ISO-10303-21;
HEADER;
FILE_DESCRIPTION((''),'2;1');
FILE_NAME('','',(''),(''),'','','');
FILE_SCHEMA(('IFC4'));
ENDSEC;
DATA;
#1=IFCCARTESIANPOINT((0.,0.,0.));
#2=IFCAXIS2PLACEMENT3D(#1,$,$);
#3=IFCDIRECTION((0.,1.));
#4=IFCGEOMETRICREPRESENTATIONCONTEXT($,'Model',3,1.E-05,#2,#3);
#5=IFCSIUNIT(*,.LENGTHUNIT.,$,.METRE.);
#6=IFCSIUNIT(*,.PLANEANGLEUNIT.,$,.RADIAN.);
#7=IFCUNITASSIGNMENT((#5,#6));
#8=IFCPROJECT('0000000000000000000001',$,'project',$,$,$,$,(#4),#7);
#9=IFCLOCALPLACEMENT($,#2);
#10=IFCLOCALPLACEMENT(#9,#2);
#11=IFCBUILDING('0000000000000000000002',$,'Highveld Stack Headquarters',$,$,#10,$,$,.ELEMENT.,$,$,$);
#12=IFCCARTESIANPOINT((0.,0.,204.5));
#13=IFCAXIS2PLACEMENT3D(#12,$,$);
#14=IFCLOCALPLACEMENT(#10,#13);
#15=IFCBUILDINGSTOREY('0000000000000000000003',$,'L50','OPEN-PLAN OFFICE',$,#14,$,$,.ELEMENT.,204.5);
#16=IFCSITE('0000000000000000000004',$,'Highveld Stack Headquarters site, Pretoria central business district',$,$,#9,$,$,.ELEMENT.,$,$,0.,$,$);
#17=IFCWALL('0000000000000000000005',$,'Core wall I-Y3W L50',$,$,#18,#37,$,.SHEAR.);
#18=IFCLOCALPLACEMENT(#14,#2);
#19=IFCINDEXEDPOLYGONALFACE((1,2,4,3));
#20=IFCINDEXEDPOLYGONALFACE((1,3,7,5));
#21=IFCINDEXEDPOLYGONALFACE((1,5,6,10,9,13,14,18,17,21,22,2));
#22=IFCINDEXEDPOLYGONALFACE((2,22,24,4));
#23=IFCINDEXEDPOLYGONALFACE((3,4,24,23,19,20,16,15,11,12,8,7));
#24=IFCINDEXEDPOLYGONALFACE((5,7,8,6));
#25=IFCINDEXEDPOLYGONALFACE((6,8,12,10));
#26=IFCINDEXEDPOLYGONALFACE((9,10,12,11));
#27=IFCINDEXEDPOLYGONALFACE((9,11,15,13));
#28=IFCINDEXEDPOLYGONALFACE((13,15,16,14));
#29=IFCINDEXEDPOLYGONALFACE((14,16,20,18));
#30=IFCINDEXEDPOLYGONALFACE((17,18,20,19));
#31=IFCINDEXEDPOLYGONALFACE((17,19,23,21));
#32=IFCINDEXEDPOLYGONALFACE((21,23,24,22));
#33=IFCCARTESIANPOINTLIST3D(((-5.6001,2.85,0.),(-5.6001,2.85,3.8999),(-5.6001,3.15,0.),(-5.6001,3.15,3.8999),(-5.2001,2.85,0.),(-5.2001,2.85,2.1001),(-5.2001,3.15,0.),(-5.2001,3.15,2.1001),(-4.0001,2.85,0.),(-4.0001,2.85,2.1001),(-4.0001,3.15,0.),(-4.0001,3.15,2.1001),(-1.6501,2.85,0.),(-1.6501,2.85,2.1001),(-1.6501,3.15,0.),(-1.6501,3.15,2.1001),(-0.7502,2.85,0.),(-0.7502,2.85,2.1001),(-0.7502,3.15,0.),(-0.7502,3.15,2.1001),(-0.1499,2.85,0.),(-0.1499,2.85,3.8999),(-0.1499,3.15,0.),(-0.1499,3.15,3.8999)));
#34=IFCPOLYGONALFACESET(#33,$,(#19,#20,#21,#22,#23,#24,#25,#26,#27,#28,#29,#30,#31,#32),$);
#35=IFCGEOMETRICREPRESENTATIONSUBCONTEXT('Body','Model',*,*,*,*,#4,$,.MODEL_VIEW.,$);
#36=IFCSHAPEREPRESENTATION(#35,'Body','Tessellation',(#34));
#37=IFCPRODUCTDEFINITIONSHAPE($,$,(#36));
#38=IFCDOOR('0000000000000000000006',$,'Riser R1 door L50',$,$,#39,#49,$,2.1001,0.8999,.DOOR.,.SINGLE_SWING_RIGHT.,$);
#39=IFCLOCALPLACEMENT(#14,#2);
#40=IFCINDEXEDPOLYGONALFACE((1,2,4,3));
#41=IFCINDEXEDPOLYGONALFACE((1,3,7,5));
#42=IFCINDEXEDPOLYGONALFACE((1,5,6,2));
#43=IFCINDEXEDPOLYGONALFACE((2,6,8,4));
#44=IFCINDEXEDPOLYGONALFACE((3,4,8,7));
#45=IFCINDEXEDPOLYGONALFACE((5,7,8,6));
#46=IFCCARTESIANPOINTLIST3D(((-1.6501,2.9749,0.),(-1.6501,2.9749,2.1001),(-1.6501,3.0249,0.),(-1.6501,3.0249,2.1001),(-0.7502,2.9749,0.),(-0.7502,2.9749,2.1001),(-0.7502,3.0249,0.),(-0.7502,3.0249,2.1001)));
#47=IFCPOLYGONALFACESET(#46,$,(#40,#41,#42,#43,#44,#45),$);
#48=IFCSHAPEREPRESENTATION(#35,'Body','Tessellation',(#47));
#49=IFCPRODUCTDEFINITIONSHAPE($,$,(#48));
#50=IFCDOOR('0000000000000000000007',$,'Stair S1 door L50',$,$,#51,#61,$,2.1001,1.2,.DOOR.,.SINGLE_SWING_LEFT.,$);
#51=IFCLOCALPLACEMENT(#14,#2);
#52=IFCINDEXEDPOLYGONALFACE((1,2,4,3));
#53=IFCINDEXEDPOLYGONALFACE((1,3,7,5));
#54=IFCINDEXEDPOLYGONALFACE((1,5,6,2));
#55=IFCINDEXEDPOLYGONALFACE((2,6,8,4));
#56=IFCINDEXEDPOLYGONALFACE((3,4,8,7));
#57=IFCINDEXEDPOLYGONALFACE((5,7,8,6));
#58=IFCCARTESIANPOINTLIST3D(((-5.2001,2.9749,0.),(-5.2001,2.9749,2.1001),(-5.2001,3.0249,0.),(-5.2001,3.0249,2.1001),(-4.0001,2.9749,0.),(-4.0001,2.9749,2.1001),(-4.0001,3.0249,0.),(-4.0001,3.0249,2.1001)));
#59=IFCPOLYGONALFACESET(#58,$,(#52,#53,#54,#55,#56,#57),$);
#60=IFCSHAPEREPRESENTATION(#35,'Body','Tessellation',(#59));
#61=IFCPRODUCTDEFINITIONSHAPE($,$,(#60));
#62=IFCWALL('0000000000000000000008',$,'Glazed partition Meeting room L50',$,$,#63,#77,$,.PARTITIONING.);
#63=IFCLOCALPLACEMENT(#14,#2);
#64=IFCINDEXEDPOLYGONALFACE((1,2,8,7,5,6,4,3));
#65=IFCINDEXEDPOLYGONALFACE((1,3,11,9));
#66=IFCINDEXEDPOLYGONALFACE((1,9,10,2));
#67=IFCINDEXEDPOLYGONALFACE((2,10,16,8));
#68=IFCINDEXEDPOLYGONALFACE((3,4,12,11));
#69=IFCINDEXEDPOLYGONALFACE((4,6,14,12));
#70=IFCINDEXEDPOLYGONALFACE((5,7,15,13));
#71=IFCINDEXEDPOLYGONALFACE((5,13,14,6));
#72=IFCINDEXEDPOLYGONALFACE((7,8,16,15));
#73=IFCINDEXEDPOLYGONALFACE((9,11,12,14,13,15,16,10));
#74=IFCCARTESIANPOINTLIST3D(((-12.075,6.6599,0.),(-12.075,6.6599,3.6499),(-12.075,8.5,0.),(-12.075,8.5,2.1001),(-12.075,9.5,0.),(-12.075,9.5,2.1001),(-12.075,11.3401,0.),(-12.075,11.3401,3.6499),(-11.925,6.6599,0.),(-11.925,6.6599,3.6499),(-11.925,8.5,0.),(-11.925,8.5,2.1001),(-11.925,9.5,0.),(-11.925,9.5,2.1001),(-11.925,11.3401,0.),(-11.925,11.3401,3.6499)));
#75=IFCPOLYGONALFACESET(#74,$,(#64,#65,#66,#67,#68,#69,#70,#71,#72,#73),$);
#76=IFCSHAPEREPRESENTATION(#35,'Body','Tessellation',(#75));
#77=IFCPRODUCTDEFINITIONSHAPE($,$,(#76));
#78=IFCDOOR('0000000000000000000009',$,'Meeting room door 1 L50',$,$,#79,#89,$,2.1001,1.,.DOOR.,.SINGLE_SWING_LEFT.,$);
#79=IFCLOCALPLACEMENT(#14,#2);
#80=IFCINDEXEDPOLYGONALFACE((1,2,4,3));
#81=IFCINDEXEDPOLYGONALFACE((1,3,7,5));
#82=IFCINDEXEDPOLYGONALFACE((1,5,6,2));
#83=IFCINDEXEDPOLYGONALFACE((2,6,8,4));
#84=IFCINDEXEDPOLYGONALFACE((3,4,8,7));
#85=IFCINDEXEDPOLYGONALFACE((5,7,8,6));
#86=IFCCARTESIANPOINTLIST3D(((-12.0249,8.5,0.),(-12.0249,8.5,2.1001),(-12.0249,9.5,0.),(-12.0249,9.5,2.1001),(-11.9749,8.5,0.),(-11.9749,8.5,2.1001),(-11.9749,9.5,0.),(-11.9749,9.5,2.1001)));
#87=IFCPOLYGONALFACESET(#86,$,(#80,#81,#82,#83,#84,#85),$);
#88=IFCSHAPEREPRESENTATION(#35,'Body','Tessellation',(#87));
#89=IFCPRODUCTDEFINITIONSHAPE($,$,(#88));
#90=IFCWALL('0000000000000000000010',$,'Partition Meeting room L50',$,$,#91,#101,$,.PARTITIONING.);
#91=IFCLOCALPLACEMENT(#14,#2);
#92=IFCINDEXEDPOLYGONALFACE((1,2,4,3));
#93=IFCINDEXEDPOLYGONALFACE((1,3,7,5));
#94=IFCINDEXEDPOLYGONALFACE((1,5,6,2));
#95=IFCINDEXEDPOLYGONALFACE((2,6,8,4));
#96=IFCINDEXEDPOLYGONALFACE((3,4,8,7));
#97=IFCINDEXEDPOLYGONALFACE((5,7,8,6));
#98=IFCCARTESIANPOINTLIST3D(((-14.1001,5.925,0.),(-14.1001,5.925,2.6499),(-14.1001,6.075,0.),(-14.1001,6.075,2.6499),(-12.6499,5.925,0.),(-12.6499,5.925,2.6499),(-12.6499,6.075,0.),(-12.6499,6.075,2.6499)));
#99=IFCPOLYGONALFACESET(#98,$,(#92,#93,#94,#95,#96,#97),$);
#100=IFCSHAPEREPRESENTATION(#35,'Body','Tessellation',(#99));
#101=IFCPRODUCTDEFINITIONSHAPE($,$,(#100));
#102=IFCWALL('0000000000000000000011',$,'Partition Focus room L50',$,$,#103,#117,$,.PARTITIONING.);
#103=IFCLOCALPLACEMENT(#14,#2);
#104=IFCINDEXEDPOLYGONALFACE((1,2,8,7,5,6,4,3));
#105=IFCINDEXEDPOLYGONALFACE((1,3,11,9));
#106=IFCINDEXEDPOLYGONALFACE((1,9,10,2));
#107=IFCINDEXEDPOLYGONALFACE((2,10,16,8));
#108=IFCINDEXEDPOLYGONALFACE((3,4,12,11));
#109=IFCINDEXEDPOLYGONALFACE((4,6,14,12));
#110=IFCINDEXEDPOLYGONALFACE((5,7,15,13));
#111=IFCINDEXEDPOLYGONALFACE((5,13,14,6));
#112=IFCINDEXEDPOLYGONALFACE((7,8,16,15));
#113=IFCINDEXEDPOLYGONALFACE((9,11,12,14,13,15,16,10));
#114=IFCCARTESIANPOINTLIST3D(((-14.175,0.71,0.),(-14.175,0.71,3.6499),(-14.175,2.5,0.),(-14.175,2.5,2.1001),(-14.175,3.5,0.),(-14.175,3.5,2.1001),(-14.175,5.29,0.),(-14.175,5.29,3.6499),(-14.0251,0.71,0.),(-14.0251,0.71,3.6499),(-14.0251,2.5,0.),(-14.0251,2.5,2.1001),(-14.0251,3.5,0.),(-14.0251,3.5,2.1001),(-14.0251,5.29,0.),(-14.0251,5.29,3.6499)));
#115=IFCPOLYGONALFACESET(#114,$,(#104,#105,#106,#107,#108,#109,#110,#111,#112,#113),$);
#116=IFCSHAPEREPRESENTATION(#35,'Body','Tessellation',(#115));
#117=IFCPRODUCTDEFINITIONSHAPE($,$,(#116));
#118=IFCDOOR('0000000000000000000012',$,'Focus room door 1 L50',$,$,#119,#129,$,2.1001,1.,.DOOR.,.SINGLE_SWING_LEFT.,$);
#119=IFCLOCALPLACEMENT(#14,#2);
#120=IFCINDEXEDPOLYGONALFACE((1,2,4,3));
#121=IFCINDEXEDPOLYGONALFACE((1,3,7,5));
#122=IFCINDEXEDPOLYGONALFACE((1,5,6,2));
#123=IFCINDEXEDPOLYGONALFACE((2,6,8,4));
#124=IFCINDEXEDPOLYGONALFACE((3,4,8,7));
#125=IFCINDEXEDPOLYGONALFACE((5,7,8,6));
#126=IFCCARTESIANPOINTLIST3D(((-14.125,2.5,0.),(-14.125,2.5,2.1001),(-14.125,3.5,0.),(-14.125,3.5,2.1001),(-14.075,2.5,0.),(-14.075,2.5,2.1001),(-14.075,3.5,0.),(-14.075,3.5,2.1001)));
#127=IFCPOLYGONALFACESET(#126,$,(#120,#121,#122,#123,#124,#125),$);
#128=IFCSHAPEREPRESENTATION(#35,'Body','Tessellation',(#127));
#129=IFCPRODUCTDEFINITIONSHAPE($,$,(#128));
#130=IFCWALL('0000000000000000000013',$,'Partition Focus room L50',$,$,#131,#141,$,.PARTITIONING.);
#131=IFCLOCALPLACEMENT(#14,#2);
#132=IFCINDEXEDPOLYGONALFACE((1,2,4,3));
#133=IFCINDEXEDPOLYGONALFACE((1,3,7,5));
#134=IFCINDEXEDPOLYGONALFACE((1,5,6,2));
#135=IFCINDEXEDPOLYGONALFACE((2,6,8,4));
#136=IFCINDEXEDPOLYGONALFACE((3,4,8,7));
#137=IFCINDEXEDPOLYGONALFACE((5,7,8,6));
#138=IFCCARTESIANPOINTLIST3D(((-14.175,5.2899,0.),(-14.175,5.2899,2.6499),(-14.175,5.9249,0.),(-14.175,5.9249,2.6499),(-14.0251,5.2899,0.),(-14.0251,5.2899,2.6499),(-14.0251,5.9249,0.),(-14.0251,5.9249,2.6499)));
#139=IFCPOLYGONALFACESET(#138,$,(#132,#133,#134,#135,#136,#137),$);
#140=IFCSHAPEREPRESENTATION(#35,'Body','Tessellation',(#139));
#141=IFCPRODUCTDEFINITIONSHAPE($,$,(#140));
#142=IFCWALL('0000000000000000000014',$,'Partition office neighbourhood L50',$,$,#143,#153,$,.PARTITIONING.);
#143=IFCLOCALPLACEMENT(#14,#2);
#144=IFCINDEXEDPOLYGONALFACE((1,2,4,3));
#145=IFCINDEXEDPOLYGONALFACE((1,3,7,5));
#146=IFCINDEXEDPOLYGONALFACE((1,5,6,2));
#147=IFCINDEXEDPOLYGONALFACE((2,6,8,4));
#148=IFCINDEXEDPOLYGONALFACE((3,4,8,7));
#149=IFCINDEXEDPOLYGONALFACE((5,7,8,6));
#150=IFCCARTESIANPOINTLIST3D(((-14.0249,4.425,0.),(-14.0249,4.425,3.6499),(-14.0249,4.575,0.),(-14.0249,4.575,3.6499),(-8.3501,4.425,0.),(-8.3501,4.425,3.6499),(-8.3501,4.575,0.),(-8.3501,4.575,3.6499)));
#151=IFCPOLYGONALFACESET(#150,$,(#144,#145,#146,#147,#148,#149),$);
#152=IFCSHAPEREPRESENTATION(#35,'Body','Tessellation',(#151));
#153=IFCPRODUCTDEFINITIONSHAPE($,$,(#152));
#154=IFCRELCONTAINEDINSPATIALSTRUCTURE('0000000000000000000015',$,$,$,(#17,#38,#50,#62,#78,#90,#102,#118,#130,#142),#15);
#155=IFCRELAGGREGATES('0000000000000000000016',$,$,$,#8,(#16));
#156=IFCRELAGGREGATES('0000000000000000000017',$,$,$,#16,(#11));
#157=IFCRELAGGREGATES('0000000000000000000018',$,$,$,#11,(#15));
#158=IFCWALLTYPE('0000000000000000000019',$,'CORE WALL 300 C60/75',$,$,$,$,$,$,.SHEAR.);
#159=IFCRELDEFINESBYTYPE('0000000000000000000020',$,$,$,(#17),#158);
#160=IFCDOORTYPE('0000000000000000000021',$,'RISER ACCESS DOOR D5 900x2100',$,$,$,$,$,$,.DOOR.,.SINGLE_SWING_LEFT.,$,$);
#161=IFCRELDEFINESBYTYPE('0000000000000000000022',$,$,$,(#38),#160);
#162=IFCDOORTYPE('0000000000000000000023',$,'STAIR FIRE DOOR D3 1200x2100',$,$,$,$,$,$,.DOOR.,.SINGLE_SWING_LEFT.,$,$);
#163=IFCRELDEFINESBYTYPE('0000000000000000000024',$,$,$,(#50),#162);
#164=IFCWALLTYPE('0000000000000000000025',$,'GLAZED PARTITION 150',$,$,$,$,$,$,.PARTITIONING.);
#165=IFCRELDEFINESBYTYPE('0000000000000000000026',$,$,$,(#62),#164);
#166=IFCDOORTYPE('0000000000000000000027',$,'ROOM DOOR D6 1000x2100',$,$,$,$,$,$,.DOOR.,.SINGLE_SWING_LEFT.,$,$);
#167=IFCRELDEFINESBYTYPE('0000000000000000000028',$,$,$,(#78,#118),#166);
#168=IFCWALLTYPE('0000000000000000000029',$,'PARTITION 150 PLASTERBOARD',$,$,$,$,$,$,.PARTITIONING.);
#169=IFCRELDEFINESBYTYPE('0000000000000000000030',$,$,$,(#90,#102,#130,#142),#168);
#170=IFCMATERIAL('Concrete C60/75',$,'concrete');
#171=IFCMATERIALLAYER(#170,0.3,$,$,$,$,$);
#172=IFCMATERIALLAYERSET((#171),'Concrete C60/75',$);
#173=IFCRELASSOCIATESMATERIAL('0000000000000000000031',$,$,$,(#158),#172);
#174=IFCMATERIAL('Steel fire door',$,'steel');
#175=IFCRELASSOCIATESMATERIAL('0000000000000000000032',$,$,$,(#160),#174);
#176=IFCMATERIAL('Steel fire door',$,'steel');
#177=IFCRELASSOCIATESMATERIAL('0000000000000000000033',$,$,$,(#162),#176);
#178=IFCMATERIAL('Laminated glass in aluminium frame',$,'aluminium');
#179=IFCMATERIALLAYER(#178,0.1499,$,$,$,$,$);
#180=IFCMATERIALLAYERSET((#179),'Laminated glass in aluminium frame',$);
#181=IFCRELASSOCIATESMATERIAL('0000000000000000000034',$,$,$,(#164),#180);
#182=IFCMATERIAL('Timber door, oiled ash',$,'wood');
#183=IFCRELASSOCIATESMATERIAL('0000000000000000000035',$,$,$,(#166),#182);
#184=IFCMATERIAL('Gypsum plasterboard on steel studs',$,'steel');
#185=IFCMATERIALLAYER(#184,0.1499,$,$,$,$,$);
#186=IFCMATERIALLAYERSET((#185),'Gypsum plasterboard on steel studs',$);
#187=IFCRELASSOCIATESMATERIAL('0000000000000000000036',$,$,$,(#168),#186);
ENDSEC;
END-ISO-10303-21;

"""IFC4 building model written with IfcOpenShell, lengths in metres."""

from ifc_helpers import new_model, si_unit, direction, frame, frame_2d, origin, place, context, subcontext, project, spatial, rectangle, extrude, material, layer, layer_set, type_object, element, fill, save


model = new_model("IFC4")

# Units and contexts
model_context = context("Model", 3, precision=1e-05, world=origin(), true_north=direction((0.0, 1.0)))
body_context = subcontext(model_context, "Body", "Model", "MODEL_VIEW")
ifc_project = project(units=[si_unit("LENGTHUNIT", "METRE"), si_unit("PLANEANGLEUNIT", "RADIAN")], contexts=[model_context])

# Site, building, storey
site_placement = place(None, origin())
site = spatial("IfcSite", under=ifc_project, at=site_placement, Name="Highveld Stack Headquarters site, Pretoria central business district", CompositionType="ELEMENT", RefElevation=0.0)
building_placement = place(site_placement, origin())
building = spatial("IfcBuilding", under=site, at=building_placement, Name="Highveld Stack Headquarters", CompositionType="ELEMENT")
storey_placement = place(building_placement, frame((0.0, 0.0, 204.5)))
storey = spatial("IfcBuildingStorey", under=building, at=storey_placement, Name="L50", Description="OPEN-PLAN OFFICE", CompositionType="ELEMENT", Elevation=204.5)

# Wall, openings, doors
ifc_material_1 = material(Name="Concrete C60/75", Category="concrete")
ifc_layer_1 = layer(ifc_material_1, 0.3)
ifc_layer_set_1 = layer_set([ifc_layer_1], Name="Concrete C60/75")
wall_type_1 = type_object("IfcWallType", Name="CORE WALL 300 C60/75", PredefinedType="SHEAR", material=ifc_layer_set_1)
wall_1_placement = place(storey_placement, frame((-5.6001, 3.0, 0.0), z_axis=(0.0, 0.0, 1.0), x_axis=(1.0, 0.0, 0.0)))
wall_1 = element("IfcWall", 1, at=wall_1_placement, inside=storey, type_object=wall_type_1, Name="Core wall I-Y3W L50", PredefinedType="SHEAR", context=body_context, shape_type="SweptSolid", body=[
    extrude(rectangle(XDim=5.4502, YDim=0.3, at=frame_2d((2.7251, 0.0))), origin(), (0.0, 0.0, 1.0), 3.8999),
])
opening_1_placement = place(wall_1_placement, frame((0.3999, 0.0, 0.0)))
opening_1 = element("IfcOpeningElement", 2, at=opening_1_placement, cuts=wall_1, PredefinedType="OPENING", context=body_context, shape_type="SweptSolid", body=[
    extrude(rectangle(XDim=1.2, YDim=2.1001, at=frame_2d((0.6001, 1.05))), frame((0.0, 0.1599, 0.0), z_axis=(0.0, -1.0, 0.0), x_axis=(1.0, 0.0, 0.0)), (0.0, 0.0, 1.0), 0.3201),
])
opening_2_placement = place(wall_1_placement, frame((3.95, 0.0, 0.0)))
opening_2 = element("IfcOpeningElement", 3, at=opening_2_placement, cuts=wall_1, PredefinedType="OPENING", context=body_context, shape_type="SweptSolid", body=[
    extrude(rectangle(XDim=0.8999, YDim=2.1001, at=frame_2d((0.45, 1.05))), frame((0.0, 0.1599, 0.0), z_axis=(0.0, -1.0, 0.0), x_axis=(1.0, 0.0, 0.0)), (0.0, 0.0, 1.0), 0.3201),
])
ifc_material_2 = material(Name="Steel fire door", Category="steel")
door_type_1 = type_object("IfcDoorType", Name="RISER ACCESS DOOR D5 900x2100", OperationType="SINGLE_SWING_LEFT", PredefinedType="DOOR", material=ifc_material_2)
door_1_placement = place(opening_2_placement, origin())
door_1 = element("IfcDoor", 4, at=door_1_placement, inside=storey, type_object=door_type_1, Name="Riser R1 door L50", OperationType="SINGLE_SWING_RIGHT", OverallHeight=2.1001, OverallWidth=0.8999, PredefinedType="DOOR", context=body_context, shape_type="SweptSolid", body=[
    extrude(rectangle(XDim=0.8999, YDim=2.1001, at=frame_2d((0.45, 1.05))), frame((0.0, 0.0249, 0.0), z_axis=(0.0, -1.0, 0.0), x_axis=(1.0, 0.0, 0.0)), (0.0, 0.0, 1.0), 0.05),
])
fill(opening_2, door_1)
ifc_material_3 = material(Name="Steel fire door", Category="steel")
door_type_2 = type_object("IfcDoorType", Name="STAIR FIRE DOOR D3 1200x2100", OperationType="SINGLE_SWING_LEFT", PredefinedType="DOOR", material=ifc_material_3)
door_2_placement = place(opening_1_placement, origin())
door_2 = element("IfcDoor", 5, at=door_2_placement, inside=storey, type_object=door_type_2, Name="Stair S1 door L50", OperationType="SINGLE_SWING_LEFT", OverallHeight=2.1001, OverallWidth=1.2, PredefinedType="DOOR", context=body_context, shape_type="SweptSolid", body=[
    extrude(rectangle(XDim=1.2, YDim=2.1001, at=frame_2d((0.6001, 1.05))), frame((0.0, 0.0249, 0.0), z_axis=(0.0, -1.0, 0.0), x_axis=(1.0, 0.0, 0.0)), (0.0, 0.0, 1.0), 0.05),
])
fill(opening_1, door_2)

# Wall, opening, door
ifc_material_4 = material(Name="Laminated glass in aluminium frame", Category="aluminium")
ifc_layer_2 = layer(ifc_material_4, 0.1499)
ifc_layer_set_2 = layer_set([ifc_layer_2], Name="Laminated glass in aluminium frame")
wall_type_2 = type_object("IfcWallType", Name="GLAZED PARTITION 150", PredefinedType="PARTITIONING", material=ifc_layer_set_2)
wall_2_placement = place(storey_placement, frame((-12.0, 6.6599, 0.0), z_axis=(0.0, 0.0, 1.0), x_axis=(0.0, 1.0, 0.0)))
wall_2 = element("IfcWall", 6, at=wall_2_placement, inside=storey, type_object=wall_type_2, Name="Glazed partition Meeting room L50", PredefinedType="PARTITIONING", context=body_context, shape_type="SweptSolid", body=[
    extrude(rectangle(XDim=4.6802, YDim=0.1499, at=frame_2d((2.3401, 0.0))), origin(), (0.0, 0.0, 1.0), 3.6499),
])
opening_3_placement = place(wall_2_placement, frame((1.8401, 0.0, 0.0)))
opening_3 = element("IfcOpeningElement", 7, at=opening_3_placement, cuts=wall_2, PredefinedType="OPENING", context=body_context, shape_type="SweptSolid", body=[
    extrude(rectangle(XDim=1.0, YDim=2.1001, at=frame_2d((0.5, 1.05))), frame((0.0, 0.085, 0.0), z_axis=(0.0, -1.0, 0.0), x_axis=(1.0, 0.0, 0.0)), (0.0, 0.0, 1.0), 0.1699),
])
ifc_material_5 = material(Name="Timber door, oiled ash", Category="wood")
door_type_3 = type_object("IfcDoorType", Name="ROOM DOOR D6 1000x2100", OperationType="SINGLE_SWING_LEFT", PredefinedType="DOOR", material=ifc_material_5)
door_3_placement = place(opening_3_placement, origin())
door_3 = element("IfcDoor", 8, at=door_3_placement, inside=storey, type_object=door_type_3, Name="Meeting room door 1 L50", OperationType="SINGLE_SWING_LEFT", OverallHeight=2.1001, OverallWidth=1.0, PredefinedType="DOOR", context=body_context, shape_type="SweptSolid", body=[
    extrude(rectangle(XDim=1.0, YDim=2.1001, at=frame_2d((0.5, 1.05))), frame((0.0, 0.0249, 0.0), z_axis=(0.0, -1.0, 0.0), x_axis=(1.0, 0.0, 0.0)), (0.0, 0.0, 1.0), 0.05),
])
fill(opening_3, door_3)

# Wall
ifc_material_6 = material(Name="Gypsum plasterboard on steel studs", Category="steel")
ifc_layer_3 = layer(ifc_material_6, 0.1499)
ifc_layer_set_3 = layer_set([ifc_layer_3], Name="Gypsum plasterboard on steel studs")
wall_type_3 = type_object("IfcWallType", Name="PARTITION 150 PLASTERBOARD", PredefinedType="PARTITIONING", material=ifc_layer_set_3)
wall_3_placement = place(storey_placement, frame((-14.1001, 6.0, 0.0), z_axis=(0.0, 0.0, 1.0), x_axis=(1.0, 0.0, 0.0)))
element("IfcWall", 9, at=wall_3_placement, inside=storey, type_object=wall_type_3, Name="Partition Meeting room L50", PredefinedType="PARTITIONING", context=body_context, shape_type="SweptSolid", body=[
    extrude(rectangle(XDim=1.4502, YDim=0.1499, at=frame_2d((0.7251, 0.0))), origin(), (0.0, 0.0, 1.0), 2.6499),
])

# Wall, opening, door
wall_4_placement = place(storey_placement, frame((-14.1001, 0.71, 0.0), z_axis=(0.0, 0.0, 1.0), x_axis=(0.0, 1.0, 0.0)))
wall_4 = element("IfcWall", 10, at=wall_4_placement, inside=storey, type_object=wall_type_3, Name="Partition Focus room L50", PredefinedType="PARTITIONING", context=body_context, shape_type="SweptSolid", body=[
    extrude(rectangle(XDim=4.5801, YDim=0.1499, at=frame_2d((2.29, 0.0))), origin(), (0.0, 0.0, 1.0), 3.6499),
])
opening_4_placement = place(wall_4_placement, frame((1.79, 0.0, 0.0)))
opening_4 = element("IfcOpeningElement", 11, at=opening_4_placement, cuts=wall_4, PredefinedType="OPENING", context=body_context, shape_type="SweptSolid", body=[
    extrude(rectangle(XDim=1.0, YDim=2.1001, at=frame_2d((0.5, 1.05))), frame((0.0, 0.085, 0.0), z_axis=(0.0, -1.0, 0.0), x_axis=(1.0, 0.0, 0.0)), (0.0, 0.0, 1.0), 0.1699),
])
door_4_placement = place(opening_4_placement, origin())
door_4 = element("IfcDoor", 12, at=door_4_placement, inside=storey, type_object=door_type_3, Name="Focus room door 1 L50", OperationType="SINGLE_SWING_LEFT", OverallHeight=2.1001, OverallWidth=1.0, PredefinedType="DOOR", context=body_context, shape_type="SweptSolid", body=[
    extrude(rectangle(XDim=1.0, YDim=2.1001, at=frame_2d((0.5, 1.05))), frame((0.0, 0.0249, 0.0), z_axis=(0.0, -1.0, 0.0), x_axis=(1.0, 0.0, 0.0)), (0.0, 0.0, 1.0), 0.05),
])
fill(opening_4, door_4)

# Walls
wall_5_placement = place(storey_placement, frame((-14.1001, 5.29, 0.0), z_axis=(0.0, 0.0, 1.0), x_axis=(0.0, 1.0, 0.0)))
element("IfcWall", 13, at=wall_5_placement, inside=storey, type_object=wall_type_3, Name="Partition Focus room L50", PredefinedType="PARTITIONING", context=body_context, shape_type="SweptSolid", body=[
    extrude(rectangle(XDim=0.635, YDim=0.1499, at=frame_2d((0.3174, 0.0))), origin(), (0.0, 0.0, 1.0), 2.6499),
])
wall_6_placement = place(storey_placement, frame((-14.0249, 4.5, 0.0), z_axis=(0.0, 0.0, 1.0), x_axis=(1.0, 0.0, 0.0)))
element("IfcWall", 14, at=wall_6_placement, inside=storey, type_object=wall_type_3, Name="Partition office neighbourhood L50", PredefinedType="PARTITIONING", context=body_context, shape_type="SweptSolid", body=[
    extrude(rectangle(XDim=5.6748, YDim=0.1499, at=frame_2d((2.8374, 0.0))), origin(), (0.0, 0.0, 1.0), 3.6499),
])

save(model, "model.ifc")
